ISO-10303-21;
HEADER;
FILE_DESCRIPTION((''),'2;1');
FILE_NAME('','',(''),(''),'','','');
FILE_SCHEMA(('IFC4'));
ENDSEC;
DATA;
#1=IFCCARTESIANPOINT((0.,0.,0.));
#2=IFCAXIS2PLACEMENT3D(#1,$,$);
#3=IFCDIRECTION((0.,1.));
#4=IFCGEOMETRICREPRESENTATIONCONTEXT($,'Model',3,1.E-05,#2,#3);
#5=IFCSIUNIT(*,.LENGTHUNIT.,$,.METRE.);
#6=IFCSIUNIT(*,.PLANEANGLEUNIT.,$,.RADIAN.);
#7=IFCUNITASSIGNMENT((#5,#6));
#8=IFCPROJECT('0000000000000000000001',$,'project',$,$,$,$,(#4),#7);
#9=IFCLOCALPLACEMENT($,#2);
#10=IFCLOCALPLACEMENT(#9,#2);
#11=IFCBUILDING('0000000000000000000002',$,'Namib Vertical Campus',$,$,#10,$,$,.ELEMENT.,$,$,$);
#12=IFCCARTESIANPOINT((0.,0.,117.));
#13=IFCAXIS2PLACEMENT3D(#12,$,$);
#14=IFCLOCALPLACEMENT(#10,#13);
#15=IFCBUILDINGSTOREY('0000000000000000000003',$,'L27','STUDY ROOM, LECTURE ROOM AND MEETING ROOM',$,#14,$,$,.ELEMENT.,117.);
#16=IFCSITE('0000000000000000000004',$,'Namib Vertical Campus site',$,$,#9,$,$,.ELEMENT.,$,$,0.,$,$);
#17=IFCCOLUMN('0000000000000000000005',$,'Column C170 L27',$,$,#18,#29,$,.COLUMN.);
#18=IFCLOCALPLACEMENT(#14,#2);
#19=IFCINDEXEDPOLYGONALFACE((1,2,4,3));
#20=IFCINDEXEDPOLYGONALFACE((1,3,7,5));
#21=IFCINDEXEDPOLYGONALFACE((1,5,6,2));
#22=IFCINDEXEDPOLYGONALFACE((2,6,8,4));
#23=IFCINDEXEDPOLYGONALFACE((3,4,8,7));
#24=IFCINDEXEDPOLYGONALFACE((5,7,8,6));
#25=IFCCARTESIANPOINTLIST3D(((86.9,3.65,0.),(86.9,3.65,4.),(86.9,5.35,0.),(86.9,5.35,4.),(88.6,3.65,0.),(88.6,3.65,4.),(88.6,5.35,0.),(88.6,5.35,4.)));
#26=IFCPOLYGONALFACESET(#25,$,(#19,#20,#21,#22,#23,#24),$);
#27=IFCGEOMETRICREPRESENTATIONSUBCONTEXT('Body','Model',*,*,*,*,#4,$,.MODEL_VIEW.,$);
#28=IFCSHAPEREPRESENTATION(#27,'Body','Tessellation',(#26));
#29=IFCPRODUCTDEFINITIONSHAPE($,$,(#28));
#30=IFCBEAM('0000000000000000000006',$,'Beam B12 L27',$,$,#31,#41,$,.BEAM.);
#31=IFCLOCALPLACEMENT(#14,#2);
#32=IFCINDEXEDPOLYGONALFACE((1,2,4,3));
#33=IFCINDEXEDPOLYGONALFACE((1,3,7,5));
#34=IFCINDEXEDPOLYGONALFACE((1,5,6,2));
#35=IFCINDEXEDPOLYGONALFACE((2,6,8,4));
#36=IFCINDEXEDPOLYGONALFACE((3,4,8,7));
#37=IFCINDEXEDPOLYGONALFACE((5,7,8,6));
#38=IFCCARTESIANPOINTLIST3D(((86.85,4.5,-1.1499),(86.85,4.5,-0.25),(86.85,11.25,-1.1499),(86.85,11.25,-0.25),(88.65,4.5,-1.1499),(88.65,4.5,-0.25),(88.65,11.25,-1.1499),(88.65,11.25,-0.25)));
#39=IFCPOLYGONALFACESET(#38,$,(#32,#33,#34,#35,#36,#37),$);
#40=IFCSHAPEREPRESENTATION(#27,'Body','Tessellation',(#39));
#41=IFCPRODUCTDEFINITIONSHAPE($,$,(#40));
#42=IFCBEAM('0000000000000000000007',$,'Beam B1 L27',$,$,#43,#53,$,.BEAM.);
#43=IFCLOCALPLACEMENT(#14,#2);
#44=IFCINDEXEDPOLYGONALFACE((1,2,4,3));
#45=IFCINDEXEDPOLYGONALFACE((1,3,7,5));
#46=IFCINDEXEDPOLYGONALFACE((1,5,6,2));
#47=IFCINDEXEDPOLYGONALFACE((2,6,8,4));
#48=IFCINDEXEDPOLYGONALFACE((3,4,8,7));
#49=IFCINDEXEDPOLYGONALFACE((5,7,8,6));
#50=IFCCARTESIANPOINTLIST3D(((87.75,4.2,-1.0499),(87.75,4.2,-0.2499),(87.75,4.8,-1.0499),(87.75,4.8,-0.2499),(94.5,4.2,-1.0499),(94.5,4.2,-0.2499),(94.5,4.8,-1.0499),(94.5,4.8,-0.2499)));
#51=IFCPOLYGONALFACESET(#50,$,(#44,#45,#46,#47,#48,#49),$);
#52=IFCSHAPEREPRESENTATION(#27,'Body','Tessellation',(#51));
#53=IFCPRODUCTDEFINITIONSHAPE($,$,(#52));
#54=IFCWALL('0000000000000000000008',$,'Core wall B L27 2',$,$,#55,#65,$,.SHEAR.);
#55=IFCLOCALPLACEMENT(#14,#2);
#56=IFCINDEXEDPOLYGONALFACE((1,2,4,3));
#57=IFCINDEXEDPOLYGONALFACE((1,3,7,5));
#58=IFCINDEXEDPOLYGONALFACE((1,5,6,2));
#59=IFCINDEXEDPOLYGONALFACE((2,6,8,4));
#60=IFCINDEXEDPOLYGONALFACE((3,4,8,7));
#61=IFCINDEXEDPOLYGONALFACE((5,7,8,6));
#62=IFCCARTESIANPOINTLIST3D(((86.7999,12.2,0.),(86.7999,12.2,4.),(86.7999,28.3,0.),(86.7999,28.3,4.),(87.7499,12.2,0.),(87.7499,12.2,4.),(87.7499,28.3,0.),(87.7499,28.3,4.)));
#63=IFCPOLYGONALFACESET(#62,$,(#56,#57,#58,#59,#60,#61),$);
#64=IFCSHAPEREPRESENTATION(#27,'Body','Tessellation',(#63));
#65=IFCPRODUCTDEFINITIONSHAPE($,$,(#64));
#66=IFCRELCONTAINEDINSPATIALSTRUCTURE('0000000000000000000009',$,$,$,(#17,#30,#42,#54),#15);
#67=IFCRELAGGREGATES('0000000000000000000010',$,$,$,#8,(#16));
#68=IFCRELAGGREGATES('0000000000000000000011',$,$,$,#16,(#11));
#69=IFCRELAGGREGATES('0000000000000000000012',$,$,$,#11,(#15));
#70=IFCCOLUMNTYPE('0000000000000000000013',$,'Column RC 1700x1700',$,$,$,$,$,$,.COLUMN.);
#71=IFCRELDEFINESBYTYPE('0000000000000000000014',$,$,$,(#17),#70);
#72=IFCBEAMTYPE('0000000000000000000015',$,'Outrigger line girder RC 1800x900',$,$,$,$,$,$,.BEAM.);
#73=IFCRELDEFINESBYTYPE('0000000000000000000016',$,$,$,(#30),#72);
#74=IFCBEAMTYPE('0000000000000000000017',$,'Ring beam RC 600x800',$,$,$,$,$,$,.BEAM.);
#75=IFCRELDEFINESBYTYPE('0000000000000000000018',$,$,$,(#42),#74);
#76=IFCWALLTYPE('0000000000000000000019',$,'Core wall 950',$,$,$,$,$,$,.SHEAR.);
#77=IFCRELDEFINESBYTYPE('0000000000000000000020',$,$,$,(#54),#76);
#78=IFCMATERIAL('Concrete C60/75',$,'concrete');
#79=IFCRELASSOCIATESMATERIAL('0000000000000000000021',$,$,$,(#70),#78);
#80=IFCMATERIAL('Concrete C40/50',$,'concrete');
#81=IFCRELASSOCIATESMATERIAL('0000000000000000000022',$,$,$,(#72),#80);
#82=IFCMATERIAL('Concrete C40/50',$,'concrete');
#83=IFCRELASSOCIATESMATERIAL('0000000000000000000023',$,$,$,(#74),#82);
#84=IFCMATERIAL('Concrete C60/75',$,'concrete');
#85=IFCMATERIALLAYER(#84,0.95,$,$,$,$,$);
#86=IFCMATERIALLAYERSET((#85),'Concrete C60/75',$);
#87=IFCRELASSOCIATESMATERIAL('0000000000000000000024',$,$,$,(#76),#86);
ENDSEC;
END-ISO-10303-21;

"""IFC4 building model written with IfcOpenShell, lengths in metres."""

from ifc_helpers import new_model, si_unit, direction, frame, frame_2d, origin, origin_2d, place, context, subcontext, project, spatial, rectangle, extrude, material, layer, layer_set, material_profile, profile_set, type_object, element, save


model = new_model("IFC4")

# Units and contexts
model_context = context("Model", 3, precision=1e-05, world=origin(), true_north=direction((0.0, 1.0)))
body_context = subcontext(model_context, "Body", "Model", "MODEL_VIEW")
ifc_project = project(units=[si_unit("LENGTHUNIT", "METRE"), si_unit("PLANEANGLEUNIT", "RADIAN")], contexts=[model_context])

# Site, building, storey
site_placement = place(None, origin())
site = spatial("IfcSite", under=ifc_project, at=site_placement, Name="Namib Vertical Campus site", CompositionType="ELEMENT", RefElevation=0.0)
building_placement = place(site_placement, origin())
building = spatial("IfcBuilding", under=site, at=building_placement, Name="Namib Vertical Campus", CompositionType="ELEMENT")
storey_placement = place(building_placement, frame((0.0, 0.0, 117.0)))
storey = spatial("IfcBuildingStorey", under=building, at=storey_placement, Name="L27", Description="STUDY ROOM, LECTURE ROOM AND MEETING ROOM", CompositionType="ELEMENT", Elevation=117.0)

# Column
ifc_material_1 = material(Name="Concrete C60/75", Category="concrete")
ifc_material_profile_1 = material_profile(ifc_material_1, rectangle(XDim=1.7, YDim=1.7, at=origin_2d()))
ifc_profile_set_1 = profile_set([ifc_material_profile_1], Name="Concrete C60/75")
column_type = type_object("IfcColumnType", Name="Column RC 1700x1700", PredefinedType="COLUMN", material=ifc_profile_set_1)
column_placement = place(storey_placement, frame((87.75, 4.5, 0.0), z_axis=(0.0, 0.0, 1.0), x_axis=(1.0, 0.0, 0.0)))
element("IfcColumn", 1, at=column_placement, inside=storey, type_object=column_type, Name="Column C170 L27", PredefinedType="COLUMN", context=body_context, shape_type="SweptSolid", body=[
    extrude(rectangle(XDim=1.7, YDim=1.7, at=origin_2d()), origin(), (0.0, 0.0, 1.0), 4.0),
])

# Beams
ifc_material_2 = material(Name="Concrete C40/50", Category="concrete")
ifc_material_profile_2 = material_profile(ifc_material_2, rectangle(XDim=1.8, YDim=0.8999, at=origin_2d()))
ifc_profile_set_2 = profile_set([ifc_material_profile_2], Name="Concrete C40/50")
beam_type_1 = type_object("IfcBeamType", Name="Outrigger line girder RC 1800x900", PredefinedType="BEAM", material=ifc_profile_set_2)
beam_1_placement = place(storey_placement, frame((87.75, 4.5, -0.7), z_axis=(0.0, 1.0, 0.0), x_axis=(-1.0, 0.0, 0.0)))
element("IfcBeam", 2, at=beam_1_placement, inside=storey, type_object=beam_type_1, Name="Beam B12 L27", PredefinedType="BEAM", context=body_context, shape_type="SweptSolid", body=[
    extrude(rectangle(XDim=1.8, YDim=0.8999, at=origin_2d()), origin(), (0.0, 0.0, 1.0), 6.75),
])
ifc_material_3 = material(Name="Concrete C40/50", Category="concrete")
ifc_material_profile_3 = material_profile(ifc_material_3, rectangle(XDim=0.6001, YDim=0.8, at=origin_2d()))
ifc_profile_set_3 = profile_set([ifc_material_profile_3], Name="Concrete C40/50")
beam_type_2 = type_object("IfcBeamType", Name="Ring beam RC 600x800", PredefinedType="BEAM", material=ifc_profile_set_3)
beam_2_placement = place(storey_placement, frame((87.75, 4.5, -0.6499), z_axis=(1.0, 0.0, 0.0), x_axis=(0.0, 1.0, 0.0)))
element("IfcBeam", 3, at=beam_2_placement, inside=storey, type_object=beam_type_2, Name="Beam B1 L27", PredefinedType="BEAM", context=body_context, shape_type="SweptSolid", body=[
    extrude(rectangle(XDim=0.6001, YDim=0.8, at=origin_2d()), origin(), (0.0, 0.0, 1.0), 6.75),
])

# Wall
ifc_material_4 = material(Name="Concrete C60/75", Category="concrete")
ifc_layer_1 = layer(ifc_material_4, 0.95)
ifc_layer_set_1 = layer_set([ifc_layer_1], Name="Concrete C60/75")
wall_type_1 = type_object("IfcWallType", Name="Core wall 950", PredefinedType="SHEAR", material=ifc_layer_set_1)
wall_1_placement = place(storey_placement, frame((87.2749, 12.2, 0.0), z_axis=(0.0, 0.0, 1.0), x_axis=(0.0, 1.0, 0.0)))
element("IfcWall", 4, at=wall_1_placement, inside=storey, type_object=wall_type_1, Name="Core wall B L27 2", PredefinedType="SHEAR", context=body_context, shape_type="SweptSolid", body=[
    extrude(rectangle(XDim=16.1001, YDim=0.95, at=frame_2d((8.05, 0.0))), origin(), (0.0, 0.0, 1.0), 4.0),
])

save(model, "model.ifc")
